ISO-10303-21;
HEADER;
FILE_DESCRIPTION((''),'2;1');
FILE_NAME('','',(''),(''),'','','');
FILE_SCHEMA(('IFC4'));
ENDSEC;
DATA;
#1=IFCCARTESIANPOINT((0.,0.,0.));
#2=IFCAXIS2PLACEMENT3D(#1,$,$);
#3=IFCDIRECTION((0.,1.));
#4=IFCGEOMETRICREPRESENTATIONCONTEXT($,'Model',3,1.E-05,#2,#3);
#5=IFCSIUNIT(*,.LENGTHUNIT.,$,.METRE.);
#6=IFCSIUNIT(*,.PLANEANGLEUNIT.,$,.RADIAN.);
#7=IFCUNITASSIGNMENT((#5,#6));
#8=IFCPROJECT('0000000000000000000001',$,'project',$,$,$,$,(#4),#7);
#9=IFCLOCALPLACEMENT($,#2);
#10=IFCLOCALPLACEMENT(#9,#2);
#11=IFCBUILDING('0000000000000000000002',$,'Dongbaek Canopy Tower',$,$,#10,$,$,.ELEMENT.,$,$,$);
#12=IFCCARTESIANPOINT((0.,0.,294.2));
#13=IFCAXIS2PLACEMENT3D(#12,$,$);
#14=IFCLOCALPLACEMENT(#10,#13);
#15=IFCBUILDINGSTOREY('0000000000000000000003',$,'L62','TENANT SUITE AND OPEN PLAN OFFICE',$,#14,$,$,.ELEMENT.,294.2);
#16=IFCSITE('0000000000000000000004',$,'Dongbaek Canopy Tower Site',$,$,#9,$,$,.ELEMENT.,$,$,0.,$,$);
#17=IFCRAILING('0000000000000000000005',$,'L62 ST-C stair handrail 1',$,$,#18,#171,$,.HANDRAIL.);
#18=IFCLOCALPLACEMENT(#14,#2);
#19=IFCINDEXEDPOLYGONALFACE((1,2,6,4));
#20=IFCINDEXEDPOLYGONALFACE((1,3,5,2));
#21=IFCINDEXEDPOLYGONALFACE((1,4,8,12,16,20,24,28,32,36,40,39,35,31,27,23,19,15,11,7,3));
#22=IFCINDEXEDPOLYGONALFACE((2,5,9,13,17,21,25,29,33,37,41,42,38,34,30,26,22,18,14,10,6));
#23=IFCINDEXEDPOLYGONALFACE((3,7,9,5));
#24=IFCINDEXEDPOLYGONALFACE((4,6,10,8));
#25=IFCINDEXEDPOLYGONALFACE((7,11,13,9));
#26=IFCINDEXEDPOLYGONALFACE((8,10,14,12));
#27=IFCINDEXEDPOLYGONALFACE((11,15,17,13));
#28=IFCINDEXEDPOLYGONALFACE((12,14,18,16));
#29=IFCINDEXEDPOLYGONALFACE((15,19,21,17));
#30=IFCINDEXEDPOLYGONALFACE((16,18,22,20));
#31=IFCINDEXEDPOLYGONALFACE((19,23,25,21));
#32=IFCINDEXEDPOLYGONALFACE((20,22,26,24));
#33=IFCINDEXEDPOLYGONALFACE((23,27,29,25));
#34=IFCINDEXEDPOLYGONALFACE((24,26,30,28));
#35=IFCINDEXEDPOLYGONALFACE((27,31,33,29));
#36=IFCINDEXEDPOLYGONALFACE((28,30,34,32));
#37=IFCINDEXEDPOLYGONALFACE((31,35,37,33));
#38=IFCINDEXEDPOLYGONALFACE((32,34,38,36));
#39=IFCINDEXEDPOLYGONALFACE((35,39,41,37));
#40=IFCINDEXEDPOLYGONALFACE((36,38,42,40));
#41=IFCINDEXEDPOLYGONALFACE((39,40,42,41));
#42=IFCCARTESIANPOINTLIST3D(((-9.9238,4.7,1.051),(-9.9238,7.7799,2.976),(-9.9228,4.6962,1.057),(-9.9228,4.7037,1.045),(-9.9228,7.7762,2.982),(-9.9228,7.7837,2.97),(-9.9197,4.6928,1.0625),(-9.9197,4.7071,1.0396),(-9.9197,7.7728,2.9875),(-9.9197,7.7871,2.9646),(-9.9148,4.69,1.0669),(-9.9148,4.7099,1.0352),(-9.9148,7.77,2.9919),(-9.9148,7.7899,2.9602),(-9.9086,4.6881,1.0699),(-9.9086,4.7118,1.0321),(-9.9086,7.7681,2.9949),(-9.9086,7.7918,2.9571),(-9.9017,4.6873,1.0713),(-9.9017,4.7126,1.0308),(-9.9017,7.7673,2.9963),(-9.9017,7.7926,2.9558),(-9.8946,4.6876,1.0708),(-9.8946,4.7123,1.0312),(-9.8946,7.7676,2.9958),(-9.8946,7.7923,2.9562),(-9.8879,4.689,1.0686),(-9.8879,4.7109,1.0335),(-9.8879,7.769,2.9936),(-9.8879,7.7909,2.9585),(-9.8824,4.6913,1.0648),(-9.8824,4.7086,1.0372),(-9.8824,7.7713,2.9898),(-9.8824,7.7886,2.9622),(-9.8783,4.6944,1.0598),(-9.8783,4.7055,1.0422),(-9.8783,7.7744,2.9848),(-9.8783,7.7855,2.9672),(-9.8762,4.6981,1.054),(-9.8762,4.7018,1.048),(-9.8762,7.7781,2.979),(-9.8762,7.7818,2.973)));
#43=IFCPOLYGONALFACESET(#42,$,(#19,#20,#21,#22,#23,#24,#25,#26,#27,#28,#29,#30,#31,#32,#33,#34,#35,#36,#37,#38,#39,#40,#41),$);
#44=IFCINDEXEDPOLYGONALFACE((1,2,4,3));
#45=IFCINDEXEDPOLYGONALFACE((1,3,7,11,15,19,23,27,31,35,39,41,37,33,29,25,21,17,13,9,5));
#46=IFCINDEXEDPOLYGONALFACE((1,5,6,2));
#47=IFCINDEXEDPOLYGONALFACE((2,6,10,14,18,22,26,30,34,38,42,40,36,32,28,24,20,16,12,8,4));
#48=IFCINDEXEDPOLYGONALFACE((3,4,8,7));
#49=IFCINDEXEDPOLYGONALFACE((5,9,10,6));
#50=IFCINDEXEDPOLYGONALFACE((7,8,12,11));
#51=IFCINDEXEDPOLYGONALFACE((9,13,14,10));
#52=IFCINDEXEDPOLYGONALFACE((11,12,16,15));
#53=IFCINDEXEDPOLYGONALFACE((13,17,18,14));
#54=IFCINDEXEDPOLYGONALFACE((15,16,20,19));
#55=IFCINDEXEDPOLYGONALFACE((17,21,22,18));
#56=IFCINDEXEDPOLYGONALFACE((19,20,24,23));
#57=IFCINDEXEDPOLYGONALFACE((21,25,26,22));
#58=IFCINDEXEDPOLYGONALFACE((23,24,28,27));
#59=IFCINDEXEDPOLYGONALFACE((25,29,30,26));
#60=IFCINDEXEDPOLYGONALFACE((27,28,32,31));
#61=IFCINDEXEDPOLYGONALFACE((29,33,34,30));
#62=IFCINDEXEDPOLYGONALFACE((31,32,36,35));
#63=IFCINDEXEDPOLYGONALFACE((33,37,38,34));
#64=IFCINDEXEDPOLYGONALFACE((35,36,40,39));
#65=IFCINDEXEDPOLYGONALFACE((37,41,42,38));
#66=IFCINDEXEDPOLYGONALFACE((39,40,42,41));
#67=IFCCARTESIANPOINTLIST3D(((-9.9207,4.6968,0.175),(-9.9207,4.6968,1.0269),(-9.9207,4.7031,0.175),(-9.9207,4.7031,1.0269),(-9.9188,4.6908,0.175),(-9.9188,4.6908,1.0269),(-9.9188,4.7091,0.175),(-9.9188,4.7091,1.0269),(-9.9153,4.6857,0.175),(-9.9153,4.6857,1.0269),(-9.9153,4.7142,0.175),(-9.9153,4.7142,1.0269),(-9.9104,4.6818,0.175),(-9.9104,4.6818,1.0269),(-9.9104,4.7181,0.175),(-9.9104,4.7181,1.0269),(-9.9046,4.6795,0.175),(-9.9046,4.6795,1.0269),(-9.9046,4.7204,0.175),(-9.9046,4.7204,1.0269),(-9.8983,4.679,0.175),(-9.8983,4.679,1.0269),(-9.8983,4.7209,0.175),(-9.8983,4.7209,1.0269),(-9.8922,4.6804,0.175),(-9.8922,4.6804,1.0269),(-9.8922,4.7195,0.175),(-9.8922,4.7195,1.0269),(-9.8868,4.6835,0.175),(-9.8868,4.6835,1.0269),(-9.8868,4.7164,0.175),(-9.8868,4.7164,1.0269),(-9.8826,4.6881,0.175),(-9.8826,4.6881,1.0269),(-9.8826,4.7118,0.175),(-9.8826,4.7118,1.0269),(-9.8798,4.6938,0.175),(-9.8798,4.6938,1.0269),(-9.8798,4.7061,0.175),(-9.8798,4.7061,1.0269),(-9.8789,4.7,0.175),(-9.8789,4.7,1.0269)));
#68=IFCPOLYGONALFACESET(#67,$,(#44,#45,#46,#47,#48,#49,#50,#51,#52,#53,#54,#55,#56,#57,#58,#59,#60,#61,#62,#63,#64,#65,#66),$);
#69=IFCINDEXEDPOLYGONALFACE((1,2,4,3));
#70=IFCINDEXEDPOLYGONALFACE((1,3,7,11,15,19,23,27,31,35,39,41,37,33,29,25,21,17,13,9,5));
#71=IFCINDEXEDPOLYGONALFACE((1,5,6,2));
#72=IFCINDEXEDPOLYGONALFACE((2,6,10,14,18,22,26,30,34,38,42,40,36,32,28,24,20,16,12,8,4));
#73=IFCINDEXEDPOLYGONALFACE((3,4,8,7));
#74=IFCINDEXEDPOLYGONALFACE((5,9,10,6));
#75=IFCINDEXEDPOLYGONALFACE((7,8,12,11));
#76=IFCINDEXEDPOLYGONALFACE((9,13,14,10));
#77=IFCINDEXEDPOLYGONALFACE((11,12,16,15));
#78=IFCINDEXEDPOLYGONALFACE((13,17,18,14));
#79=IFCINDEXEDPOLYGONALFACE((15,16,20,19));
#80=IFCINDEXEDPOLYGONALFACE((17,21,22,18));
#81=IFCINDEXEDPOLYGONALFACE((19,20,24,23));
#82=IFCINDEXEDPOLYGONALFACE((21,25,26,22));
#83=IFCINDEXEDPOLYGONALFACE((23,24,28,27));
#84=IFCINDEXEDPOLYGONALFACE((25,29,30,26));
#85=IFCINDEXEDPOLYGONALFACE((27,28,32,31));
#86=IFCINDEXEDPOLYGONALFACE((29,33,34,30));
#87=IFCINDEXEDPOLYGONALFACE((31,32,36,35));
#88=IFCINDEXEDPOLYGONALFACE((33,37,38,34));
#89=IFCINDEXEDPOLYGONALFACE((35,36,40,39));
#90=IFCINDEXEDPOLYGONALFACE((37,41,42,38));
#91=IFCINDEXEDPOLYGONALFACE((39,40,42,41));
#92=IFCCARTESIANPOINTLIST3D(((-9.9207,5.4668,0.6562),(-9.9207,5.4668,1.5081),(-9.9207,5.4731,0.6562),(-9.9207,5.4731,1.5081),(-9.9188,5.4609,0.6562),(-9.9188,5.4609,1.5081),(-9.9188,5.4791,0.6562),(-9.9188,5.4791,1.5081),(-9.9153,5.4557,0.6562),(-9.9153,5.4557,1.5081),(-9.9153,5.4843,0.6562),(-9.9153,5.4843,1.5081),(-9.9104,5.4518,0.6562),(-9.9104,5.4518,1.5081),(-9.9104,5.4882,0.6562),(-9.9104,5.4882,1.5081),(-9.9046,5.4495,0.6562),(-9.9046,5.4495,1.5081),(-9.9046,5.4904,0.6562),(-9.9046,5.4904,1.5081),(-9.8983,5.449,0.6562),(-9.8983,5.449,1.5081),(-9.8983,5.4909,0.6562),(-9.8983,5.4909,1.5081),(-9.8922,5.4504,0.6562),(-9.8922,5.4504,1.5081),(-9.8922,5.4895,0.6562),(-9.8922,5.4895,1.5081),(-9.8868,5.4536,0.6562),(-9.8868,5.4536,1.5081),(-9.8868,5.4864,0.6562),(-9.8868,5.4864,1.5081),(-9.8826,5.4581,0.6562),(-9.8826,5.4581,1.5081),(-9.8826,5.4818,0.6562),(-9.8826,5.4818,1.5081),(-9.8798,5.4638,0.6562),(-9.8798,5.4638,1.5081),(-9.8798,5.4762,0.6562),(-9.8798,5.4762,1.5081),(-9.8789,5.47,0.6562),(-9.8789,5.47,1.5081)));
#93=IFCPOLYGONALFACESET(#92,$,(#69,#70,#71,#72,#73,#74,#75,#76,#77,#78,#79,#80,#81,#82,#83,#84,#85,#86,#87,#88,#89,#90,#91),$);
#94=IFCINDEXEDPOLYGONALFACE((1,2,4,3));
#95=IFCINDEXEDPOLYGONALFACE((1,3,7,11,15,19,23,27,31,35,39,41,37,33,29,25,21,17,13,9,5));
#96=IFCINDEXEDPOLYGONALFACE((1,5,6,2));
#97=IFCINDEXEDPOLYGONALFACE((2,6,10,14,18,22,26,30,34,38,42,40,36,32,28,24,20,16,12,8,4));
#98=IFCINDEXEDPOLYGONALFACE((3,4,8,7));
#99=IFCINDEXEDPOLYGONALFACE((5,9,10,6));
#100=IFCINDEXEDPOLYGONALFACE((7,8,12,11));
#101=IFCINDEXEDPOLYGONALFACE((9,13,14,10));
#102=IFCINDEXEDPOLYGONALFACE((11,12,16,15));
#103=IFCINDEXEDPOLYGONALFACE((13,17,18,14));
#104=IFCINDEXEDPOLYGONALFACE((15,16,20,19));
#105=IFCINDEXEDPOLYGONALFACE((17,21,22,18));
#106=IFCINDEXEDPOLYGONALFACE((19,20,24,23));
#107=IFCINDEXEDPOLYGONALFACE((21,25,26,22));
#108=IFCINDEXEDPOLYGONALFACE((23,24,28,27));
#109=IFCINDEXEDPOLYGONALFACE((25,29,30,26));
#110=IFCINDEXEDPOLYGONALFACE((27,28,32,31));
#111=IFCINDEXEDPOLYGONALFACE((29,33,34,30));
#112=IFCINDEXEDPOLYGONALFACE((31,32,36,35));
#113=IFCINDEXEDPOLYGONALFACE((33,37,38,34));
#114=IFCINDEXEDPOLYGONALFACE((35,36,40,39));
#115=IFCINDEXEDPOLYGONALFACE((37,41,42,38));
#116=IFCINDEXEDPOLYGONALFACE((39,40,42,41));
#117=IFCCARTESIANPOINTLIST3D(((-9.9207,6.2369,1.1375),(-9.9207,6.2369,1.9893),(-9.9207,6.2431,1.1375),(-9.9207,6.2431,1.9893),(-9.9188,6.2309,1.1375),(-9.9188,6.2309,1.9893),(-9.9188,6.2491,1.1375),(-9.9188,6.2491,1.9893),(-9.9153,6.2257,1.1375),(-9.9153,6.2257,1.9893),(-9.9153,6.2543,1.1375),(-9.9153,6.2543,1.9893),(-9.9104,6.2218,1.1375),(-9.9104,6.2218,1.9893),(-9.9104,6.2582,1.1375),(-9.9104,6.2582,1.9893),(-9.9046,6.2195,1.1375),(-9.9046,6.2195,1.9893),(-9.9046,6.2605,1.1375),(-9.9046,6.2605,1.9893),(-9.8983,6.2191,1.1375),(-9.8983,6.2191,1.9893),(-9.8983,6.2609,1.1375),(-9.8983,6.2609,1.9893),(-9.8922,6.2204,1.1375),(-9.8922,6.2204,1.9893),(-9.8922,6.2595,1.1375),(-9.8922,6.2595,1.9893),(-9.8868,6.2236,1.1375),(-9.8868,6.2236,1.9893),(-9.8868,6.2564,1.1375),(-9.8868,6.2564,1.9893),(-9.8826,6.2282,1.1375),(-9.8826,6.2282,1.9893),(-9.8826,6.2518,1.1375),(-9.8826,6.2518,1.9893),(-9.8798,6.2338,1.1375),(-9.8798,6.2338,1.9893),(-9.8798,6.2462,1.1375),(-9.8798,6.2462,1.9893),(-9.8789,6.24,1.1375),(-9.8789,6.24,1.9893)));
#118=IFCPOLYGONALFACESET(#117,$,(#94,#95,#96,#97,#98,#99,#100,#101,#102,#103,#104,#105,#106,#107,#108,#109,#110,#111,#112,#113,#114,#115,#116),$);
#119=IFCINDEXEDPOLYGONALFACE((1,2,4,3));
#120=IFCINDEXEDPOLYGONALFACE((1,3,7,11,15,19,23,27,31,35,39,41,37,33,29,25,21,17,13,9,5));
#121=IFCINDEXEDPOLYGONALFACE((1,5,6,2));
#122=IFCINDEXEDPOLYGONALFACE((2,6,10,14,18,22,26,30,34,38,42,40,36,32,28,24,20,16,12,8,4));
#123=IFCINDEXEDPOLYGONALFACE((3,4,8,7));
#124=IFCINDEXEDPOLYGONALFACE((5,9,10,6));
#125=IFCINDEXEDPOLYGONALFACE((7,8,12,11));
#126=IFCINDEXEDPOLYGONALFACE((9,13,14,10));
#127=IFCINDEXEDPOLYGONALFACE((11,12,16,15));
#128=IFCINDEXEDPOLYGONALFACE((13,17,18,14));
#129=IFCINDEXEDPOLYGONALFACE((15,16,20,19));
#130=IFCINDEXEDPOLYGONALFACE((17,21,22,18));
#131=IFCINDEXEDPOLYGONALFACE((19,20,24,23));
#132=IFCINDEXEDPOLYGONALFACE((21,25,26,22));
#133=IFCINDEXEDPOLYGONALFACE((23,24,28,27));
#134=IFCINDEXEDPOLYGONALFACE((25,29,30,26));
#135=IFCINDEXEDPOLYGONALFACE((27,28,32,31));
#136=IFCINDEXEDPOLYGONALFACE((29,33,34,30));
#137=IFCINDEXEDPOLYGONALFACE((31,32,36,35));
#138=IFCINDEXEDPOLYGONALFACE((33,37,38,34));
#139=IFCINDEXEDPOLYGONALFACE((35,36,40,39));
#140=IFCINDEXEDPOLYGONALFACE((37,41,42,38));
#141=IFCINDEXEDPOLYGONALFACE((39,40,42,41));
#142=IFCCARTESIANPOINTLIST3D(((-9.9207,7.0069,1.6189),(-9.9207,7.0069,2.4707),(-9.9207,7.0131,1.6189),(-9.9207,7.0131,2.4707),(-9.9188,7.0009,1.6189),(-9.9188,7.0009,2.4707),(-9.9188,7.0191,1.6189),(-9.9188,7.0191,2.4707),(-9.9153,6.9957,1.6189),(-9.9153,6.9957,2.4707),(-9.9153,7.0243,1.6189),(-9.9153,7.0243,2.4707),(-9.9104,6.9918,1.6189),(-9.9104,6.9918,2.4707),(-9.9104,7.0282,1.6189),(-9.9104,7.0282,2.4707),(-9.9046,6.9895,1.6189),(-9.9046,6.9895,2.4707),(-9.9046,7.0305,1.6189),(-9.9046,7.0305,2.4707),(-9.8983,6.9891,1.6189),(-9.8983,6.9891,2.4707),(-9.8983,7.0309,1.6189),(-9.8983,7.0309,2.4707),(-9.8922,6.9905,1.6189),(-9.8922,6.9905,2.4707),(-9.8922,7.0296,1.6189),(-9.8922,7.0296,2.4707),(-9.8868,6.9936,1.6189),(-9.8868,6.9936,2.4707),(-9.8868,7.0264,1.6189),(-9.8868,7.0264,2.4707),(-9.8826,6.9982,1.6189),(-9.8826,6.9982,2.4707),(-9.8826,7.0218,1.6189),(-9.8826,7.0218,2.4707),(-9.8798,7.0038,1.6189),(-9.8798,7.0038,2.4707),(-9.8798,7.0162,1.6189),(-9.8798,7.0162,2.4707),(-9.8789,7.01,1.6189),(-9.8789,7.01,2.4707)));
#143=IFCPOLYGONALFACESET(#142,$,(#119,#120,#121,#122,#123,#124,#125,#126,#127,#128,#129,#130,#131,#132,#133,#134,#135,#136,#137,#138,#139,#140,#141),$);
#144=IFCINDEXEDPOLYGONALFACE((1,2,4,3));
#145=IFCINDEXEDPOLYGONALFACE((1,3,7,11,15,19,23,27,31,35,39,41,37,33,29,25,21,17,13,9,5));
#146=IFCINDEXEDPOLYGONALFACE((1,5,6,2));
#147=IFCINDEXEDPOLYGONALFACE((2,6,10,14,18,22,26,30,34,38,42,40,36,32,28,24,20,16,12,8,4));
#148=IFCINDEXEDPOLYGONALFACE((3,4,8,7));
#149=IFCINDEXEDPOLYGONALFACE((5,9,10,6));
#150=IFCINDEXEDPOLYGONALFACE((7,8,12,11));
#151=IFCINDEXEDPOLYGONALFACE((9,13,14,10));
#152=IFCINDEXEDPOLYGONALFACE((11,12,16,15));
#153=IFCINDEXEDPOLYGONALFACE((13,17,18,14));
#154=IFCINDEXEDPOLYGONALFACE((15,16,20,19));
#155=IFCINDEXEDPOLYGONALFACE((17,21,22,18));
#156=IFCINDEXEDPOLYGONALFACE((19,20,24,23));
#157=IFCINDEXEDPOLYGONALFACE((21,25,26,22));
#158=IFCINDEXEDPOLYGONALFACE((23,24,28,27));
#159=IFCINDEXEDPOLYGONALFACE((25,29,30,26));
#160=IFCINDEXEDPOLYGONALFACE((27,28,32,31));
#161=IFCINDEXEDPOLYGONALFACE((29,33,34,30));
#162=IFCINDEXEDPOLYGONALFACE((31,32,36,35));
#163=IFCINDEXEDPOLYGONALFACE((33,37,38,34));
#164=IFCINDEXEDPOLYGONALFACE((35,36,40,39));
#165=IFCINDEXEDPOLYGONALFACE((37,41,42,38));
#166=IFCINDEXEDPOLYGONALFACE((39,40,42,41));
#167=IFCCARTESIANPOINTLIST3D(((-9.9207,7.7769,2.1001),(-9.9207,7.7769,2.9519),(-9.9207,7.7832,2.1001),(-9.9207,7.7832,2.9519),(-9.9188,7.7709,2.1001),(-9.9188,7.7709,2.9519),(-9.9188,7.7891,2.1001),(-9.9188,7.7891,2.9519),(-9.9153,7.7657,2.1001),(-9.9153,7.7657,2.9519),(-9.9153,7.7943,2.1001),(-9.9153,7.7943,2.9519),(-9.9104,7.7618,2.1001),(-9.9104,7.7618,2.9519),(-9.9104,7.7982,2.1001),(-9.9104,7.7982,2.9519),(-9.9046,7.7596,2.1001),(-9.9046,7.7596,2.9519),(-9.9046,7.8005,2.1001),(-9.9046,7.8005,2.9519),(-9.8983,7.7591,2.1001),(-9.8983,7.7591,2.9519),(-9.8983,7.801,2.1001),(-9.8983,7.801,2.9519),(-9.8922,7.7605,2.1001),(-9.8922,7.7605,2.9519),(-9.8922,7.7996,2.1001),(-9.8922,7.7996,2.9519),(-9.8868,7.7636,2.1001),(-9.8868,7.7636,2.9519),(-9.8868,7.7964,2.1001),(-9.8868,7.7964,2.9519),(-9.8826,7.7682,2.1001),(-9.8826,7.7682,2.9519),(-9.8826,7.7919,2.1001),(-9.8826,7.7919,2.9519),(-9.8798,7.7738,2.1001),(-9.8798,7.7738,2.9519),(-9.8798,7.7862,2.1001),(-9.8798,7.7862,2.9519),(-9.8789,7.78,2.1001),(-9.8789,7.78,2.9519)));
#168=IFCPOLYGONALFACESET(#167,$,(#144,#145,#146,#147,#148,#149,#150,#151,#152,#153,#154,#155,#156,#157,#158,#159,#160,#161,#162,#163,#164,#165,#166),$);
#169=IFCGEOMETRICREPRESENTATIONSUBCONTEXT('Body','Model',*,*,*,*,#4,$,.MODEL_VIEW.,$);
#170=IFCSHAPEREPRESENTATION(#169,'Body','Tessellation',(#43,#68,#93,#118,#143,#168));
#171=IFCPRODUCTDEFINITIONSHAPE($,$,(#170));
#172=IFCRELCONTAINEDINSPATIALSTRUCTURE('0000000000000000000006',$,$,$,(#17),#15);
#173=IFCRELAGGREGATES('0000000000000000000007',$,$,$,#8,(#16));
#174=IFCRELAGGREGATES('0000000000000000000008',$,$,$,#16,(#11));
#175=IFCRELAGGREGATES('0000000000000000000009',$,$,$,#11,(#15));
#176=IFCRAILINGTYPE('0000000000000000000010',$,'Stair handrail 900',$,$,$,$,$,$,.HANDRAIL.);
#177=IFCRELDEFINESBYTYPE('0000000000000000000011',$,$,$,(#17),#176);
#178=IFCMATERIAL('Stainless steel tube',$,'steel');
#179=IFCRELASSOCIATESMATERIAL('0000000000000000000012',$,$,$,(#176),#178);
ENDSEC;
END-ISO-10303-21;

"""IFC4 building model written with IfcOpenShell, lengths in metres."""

from ifc_helpers import new_model, si_unit, direction, frame, origin, origin_2d, place, context, subcontext, project, spatial, circle, extrude, material, type_object, element, save


model = new_model("IFC4")

# Units and contexts
model_context = context("Model", 3, precision=1e-05, world=origin(), true_north=direction((0.0, 1.0)))
body_context = subcontext(model_context, "Body", "Model", "MODEL_VIEW")
ifc_project = project(units=[si_unit("LENGTHUNIT", "METRE"), si_unit("PLANEANGLEUNIT", "RADIAN")], contexts=[model_context])

# Site, building, storey
site_placement = place(None, origin())
site = spatial("IfcSite", under=ifc_project, at=site_placement, Name="Dongbaek Canopy Tower Site", CompositionType="ELEMENT", RefElevation=0.0)
building_placement = place(site_placement, origin())
building = spatial("IfcBuilding", under=site, at=building_placement, Name="Dongbaek Canopy Tower", CompositionType="ELEMENT")
storey_placement = place(building_placement, frame((0.0, 0.0, 294.2)))
storey = spatial("IfcBuildingStorey", under=building, at=storey_placement, Name="L62", Description="TENANT SUITE AND OPEN PLAN OFFICE", CompositionType="ELEMENT", Elevation=294.2)

# Railing
ifc_material_1 = material(Name="Stainless steel tube", Category="steel")
railing_type_1 = type_object("IfcRailingType", Name="Stair handrail 900", PredefinedType="HANDRAIL", material=ifc_material_1)
railing_1_placement = place(storey_placement, frame((-9.8999, 4.7, 0.175)))
element("IfcRailing", 1, at=railing_1_placement, inside=storey, type_object=railing_type_1, Name="L62 ST-C stair handrail 1", PredefinedType="HANDRAIL", context=body_context, shape_type="SweptSolid", body=[
    extrude(circle(Radius=0.0239, at=origin_2d()), frame((0.0, 0.0, 0.876), z_axis=(0.0, 0.847998, 0.529999), x_axis=(-1.0, 0.0, 0.0)), (0.0, 0.0, 1.0), 3.6321),
    extrude(circle(Radius=0.021, at=origin_2d()), origin(), (0.0, 0.0, 1.0), 0.8518),
    extrude(circle(Radius=0.021, at=origin_2d()), frame((0.0, 0.77, 0.4812)), (0.0, 0.0, 1.0), 0.8518),
    extrude(circle(Radius=0.021, at=origin_2d()), frame((0.0, 1.54, 0.9624)), (0.0, 0.0, 1.0), 0.8518),
    extrude(circle(Radius=0.021, at=origin_2d()), frame((0.0, 2.3101, 1.4438)), (0.0, 0.0, 1.0), 0.8518),
    extrude(circle(Radius=0.021, at=origin_2d()), frame((0.0, 3.0801, 1.925)), (0.0, 0.0, 1.0), 0.8518),
])

save(model, "model.ifc")
